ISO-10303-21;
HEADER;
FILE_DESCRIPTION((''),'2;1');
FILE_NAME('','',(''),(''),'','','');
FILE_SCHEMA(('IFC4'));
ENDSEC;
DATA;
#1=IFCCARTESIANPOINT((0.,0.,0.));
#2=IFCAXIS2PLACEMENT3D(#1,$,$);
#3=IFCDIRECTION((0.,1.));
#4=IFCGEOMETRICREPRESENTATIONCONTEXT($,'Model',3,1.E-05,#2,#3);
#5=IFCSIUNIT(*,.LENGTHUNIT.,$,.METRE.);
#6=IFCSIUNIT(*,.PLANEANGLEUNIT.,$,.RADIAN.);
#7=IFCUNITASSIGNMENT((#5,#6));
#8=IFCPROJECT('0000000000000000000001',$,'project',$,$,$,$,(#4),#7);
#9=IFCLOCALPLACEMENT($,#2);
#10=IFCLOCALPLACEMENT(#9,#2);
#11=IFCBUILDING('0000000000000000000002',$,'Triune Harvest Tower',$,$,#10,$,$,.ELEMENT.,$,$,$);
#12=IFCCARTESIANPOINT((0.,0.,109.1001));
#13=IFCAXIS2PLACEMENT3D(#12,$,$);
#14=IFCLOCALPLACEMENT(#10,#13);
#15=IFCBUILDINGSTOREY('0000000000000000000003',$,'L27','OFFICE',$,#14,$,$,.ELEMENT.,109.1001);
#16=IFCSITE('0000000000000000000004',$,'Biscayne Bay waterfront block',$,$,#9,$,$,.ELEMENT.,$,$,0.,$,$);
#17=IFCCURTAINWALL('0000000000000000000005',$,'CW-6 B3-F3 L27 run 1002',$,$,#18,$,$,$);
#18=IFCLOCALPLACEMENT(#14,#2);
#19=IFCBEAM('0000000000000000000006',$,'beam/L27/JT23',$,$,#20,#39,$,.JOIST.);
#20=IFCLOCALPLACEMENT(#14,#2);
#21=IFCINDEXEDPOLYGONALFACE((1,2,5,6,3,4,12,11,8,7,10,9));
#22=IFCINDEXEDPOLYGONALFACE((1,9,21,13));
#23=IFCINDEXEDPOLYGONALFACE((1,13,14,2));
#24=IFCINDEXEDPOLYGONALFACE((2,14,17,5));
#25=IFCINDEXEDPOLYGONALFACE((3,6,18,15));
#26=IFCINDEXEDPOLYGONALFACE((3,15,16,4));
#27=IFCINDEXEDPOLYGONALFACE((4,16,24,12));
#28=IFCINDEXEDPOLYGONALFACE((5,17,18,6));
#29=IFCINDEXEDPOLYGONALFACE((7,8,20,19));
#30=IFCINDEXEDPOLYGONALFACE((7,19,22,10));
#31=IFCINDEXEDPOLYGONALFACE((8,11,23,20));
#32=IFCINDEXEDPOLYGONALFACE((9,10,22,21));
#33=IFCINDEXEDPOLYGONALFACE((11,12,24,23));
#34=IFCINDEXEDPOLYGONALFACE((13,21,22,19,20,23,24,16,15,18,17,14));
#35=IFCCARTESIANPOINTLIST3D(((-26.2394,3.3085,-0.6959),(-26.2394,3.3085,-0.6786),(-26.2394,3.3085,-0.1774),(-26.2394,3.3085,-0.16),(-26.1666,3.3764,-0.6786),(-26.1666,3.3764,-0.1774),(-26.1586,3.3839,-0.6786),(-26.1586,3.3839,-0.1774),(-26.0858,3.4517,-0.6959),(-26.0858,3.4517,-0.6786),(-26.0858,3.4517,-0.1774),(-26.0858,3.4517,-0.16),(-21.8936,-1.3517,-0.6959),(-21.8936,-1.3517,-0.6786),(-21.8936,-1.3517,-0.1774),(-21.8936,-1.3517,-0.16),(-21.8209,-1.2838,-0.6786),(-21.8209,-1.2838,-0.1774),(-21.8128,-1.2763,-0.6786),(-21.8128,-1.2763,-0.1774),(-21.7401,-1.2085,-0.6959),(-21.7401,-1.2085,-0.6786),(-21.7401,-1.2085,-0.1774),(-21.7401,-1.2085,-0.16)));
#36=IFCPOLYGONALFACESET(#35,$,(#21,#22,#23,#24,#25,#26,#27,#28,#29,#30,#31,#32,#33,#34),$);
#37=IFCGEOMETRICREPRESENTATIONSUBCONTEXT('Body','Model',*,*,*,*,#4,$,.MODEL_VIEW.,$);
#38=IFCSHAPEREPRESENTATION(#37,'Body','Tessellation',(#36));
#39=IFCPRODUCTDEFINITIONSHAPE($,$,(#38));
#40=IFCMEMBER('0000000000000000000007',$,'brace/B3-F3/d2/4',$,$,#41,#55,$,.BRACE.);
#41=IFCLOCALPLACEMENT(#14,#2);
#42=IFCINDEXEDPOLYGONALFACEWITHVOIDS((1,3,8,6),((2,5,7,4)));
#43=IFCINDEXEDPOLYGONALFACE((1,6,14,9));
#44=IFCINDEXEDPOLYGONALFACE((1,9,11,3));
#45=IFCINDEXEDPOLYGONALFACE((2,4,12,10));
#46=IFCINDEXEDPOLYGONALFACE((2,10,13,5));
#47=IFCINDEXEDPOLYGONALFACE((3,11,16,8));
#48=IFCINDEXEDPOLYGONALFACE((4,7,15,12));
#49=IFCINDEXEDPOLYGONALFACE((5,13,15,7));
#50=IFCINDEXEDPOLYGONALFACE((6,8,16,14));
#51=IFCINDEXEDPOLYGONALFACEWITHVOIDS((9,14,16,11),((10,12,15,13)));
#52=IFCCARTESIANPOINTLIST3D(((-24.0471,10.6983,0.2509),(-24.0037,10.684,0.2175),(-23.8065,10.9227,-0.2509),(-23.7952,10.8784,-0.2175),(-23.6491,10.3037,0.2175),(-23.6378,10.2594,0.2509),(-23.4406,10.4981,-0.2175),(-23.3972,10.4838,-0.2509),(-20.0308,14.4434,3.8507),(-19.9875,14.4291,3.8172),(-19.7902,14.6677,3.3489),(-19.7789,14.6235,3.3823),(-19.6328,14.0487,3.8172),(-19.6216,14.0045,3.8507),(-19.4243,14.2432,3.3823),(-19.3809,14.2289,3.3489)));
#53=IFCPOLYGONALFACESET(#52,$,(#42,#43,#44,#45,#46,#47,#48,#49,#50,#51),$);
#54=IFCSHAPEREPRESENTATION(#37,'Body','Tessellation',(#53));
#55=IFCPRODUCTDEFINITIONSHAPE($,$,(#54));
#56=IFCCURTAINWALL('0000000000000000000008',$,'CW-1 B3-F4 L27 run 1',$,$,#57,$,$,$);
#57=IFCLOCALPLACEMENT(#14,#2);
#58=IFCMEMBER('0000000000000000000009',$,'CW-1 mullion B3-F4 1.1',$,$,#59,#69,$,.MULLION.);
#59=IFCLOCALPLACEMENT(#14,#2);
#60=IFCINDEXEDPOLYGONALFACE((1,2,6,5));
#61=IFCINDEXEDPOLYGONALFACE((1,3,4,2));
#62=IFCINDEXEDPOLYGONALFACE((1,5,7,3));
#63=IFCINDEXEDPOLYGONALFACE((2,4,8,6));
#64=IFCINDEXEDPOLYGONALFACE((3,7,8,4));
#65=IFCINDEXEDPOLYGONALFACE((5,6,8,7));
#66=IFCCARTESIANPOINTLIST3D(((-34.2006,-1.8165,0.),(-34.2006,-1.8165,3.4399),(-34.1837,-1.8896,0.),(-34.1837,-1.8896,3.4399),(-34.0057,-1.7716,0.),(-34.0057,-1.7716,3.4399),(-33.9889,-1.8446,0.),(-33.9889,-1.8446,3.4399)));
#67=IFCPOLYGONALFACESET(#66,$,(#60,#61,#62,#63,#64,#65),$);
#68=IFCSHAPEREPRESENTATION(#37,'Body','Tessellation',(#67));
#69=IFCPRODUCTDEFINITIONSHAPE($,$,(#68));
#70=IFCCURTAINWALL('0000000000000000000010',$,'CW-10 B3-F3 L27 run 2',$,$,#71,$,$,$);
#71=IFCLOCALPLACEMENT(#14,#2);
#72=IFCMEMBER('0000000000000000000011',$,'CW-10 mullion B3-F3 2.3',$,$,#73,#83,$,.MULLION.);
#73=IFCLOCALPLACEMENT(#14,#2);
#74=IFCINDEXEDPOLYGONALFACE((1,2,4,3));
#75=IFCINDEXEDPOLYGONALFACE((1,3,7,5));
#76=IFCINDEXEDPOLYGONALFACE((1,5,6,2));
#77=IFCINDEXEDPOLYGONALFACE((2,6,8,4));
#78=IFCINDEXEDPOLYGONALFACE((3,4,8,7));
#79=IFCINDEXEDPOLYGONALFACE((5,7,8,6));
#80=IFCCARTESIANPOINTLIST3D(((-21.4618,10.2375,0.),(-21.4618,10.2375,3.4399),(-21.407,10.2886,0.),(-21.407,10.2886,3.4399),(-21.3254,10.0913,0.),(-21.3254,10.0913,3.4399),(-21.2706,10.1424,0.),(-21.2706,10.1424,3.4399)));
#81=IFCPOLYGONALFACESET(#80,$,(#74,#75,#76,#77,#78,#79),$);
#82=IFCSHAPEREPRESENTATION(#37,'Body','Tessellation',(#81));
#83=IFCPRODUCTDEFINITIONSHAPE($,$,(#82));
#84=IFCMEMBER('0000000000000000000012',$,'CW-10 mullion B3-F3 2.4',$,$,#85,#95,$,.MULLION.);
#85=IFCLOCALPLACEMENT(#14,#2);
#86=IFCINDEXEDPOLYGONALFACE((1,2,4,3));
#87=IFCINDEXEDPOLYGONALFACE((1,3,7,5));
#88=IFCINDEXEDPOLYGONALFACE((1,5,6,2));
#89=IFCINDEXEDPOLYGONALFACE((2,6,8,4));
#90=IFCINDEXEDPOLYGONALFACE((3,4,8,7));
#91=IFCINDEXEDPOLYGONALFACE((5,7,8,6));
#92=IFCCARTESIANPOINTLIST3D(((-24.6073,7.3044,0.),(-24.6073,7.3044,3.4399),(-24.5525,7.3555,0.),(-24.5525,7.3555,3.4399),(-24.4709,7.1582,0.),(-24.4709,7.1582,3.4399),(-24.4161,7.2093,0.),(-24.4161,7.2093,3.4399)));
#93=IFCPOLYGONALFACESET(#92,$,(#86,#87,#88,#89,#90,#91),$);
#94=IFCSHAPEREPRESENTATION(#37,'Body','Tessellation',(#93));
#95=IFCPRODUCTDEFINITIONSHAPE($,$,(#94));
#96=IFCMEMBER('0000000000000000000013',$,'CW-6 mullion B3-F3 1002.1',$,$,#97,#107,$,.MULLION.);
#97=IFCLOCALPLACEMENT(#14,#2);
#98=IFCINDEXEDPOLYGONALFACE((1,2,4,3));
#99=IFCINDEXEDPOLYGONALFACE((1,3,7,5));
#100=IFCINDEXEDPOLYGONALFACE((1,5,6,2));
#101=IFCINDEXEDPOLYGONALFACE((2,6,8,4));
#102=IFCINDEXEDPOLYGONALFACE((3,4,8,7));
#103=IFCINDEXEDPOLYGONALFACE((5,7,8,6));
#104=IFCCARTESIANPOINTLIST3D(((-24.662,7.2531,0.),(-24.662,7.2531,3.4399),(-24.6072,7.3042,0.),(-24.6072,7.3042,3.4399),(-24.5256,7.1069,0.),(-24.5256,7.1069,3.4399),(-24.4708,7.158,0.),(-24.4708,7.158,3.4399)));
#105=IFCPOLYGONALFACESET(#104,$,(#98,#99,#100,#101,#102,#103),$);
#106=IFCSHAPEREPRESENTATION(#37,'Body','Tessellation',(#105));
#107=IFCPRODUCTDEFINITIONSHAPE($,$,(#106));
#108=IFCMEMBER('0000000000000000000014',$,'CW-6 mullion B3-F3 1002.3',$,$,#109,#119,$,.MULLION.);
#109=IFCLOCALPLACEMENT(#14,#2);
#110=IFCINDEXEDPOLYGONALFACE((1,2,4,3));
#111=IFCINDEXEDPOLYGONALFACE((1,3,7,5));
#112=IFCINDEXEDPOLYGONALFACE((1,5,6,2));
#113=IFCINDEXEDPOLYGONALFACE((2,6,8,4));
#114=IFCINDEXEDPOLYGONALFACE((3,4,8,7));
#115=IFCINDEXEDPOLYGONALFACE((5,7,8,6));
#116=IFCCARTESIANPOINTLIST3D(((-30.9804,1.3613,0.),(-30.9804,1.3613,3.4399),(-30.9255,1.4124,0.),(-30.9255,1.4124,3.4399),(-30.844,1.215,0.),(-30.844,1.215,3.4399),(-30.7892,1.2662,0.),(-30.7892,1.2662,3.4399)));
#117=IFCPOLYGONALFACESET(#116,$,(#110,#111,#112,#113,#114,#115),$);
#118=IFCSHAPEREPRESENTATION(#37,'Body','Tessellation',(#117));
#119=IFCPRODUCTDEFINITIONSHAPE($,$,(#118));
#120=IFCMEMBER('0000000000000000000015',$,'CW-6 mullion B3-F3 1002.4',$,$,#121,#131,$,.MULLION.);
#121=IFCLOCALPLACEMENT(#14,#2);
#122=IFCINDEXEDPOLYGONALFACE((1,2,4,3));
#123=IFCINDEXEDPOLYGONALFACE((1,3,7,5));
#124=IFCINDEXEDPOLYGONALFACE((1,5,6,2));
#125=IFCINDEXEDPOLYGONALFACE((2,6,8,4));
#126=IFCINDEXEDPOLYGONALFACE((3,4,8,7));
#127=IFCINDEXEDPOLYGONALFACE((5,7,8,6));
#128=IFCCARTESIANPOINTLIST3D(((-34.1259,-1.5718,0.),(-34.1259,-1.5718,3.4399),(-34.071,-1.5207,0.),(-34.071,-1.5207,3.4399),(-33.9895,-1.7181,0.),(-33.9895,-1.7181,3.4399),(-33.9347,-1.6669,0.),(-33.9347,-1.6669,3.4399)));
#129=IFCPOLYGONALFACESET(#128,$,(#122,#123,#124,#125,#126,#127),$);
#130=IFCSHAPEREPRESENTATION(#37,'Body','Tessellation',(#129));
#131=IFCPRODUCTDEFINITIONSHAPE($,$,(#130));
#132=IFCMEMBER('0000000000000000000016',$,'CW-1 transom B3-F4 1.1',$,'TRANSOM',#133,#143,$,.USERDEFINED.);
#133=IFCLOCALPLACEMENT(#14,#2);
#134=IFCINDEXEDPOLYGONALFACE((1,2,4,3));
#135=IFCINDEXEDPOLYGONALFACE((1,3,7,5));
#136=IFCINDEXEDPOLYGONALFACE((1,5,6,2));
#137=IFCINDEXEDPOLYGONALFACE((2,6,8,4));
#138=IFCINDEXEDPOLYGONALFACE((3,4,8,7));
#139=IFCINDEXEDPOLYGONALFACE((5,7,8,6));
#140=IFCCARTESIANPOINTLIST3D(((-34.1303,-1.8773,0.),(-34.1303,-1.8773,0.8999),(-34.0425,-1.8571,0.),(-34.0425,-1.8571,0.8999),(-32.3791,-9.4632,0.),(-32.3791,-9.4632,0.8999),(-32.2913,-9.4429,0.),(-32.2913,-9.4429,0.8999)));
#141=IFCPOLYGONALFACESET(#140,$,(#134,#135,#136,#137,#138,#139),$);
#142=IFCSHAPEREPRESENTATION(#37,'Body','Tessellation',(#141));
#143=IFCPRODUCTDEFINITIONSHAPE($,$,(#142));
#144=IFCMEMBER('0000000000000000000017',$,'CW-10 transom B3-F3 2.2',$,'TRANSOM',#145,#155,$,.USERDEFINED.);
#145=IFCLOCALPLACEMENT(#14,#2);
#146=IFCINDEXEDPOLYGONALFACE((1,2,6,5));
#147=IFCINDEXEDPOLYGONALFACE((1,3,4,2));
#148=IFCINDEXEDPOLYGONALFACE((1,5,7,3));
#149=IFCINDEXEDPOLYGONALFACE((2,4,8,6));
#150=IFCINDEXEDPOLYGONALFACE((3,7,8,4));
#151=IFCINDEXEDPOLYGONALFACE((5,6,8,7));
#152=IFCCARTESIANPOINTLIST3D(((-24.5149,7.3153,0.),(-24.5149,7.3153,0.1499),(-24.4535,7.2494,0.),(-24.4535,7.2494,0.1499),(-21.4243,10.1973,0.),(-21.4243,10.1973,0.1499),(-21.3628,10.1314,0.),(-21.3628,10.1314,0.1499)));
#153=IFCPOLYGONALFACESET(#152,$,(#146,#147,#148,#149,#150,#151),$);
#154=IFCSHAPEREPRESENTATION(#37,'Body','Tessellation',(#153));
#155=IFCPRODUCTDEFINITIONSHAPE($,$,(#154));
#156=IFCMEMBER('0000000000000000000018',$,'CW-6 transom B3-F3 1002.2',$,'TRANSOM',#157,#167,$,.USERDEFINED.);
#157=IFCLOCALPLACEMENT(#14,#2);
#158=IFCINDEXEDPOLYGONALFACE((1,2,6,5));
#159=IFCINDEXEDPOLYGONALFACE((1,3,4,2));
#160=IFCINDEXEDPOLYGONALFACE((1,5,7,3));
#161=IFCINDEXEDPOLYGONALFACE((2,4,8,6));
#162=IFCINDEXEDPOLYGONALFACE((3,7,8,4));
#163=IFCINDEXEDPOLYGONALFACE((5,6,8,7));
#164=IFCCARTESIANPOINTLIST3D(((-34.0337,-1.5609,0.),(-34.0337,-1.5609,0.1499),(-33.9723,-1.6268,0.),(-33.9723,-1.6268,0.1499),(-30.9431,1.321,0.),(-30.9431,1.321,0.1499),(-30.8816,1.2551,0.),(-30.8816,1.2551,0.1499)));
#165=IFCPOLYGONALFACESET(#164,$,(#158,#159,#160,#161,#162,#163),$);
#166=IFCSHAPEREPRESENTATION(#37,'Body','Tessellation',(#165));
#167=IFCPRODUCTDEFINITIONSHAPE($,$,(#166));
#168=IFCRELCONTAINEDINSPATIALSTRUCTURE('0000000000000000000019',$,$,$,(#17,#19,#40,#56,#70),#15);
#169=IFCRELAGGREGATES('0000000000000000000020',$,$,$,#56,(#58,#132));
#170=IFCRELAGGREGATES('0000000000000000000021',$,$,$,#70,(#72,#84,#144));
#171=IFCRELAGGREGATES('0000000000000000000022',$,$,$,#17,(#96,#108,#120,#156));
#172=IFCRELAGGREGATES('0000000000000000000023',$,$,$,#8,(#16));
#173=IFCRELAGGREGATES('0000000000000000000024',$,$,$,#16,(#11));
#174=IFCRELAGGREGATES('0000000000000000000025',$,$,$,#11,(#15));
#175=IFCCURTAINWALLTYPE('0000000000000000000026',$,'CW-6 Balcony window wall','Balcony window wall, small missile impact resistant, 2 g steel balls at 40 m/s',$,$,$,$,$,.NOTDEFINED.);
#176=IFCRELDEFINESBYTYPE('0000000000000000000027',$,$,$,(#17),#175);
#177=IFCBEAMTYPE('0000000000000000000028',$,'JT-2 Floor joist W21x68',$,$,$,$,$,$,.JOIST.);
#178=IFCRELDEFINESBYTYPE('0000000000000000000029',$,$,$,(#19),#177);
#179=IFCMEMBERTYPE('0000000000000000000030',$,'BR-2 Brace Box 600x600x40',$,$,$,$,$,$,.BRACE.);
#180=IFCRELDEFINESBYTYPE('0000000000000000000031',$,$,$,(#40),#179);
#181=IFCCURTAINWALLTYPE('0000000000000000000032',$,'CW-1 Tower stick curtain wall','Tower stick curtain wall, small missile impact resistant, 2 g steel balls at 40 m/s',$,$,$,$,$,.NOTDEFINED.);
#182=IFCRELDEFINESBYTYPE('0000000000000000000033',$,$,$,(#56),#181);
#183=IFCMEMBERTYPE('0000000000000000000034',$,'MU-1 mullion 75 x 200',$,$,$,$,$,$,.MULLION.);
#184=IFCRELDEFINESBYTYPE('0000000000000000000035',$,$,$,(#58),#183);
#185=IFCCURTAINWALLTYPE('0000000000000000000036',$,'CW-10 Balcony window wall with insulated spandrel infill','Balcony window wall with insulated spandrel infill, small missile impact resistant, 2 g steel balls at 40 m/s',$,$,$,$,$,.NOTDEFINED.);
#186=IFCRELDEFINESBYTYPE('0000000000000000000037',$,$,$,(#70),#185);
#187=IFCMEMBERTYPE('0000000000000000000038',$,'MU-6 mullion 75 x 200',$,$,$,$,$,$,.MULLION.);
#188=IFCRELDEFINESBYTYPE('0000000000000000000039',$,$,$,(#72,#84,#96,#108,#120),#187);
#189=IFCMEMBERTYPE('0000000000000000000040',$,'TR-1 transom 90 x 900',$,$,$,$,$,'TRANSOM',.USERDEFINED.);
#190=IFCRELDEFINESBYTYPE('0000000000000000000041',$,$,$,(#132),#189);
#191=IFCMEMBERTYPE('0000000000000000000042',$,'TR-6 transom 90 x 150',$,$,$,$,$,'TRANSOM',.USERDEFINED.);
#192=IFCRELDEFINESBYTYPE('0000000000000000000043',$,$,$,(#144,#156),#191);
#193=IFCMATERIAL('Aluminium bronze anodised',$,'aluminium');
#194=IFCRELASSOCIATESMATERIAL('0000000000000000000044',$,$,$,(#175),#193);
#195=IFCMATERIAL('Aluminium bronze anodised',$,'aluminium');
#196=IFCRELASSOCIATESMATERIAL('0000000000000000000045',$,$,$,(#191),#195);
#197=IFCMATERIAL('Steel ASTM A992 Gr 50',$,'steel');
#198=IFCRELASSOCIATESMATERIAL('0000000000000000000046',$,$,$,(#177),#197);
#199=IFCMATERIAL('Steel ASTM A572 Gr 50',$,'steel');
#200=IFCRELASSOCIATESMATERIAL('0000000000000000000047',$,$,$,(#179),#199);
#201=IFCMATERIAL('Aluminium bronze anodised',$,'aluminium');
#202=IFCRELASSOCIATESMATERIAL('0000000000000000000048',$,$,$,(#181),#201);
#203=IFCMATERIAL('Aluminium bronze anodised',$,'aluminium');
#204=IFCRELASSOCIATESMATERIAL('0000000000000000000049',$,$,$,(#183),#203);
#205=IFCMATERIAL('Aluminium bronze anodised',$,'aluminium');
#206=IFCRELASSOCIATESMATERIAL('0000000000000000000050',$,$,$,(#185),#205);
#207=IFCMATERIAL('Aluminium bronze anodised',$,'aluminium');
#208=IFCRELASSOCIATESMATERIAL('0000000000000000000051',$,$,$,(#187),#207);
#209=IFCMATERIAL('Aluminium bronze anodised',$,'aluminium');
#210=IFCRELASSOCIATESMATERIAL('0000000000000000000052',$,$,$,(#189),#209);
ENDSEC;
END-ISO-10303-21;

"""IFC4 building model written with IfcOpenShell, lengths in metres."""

from ifc_helpers import new_model, si_unit, direction, frame, origin, origin_2d, place, context, subcontext, project, spatial, rectangle, hollow_rectangle, i_section, extrude, source, transform, mapped, material, material_profile, profile_set, type_object, element, aggregate, save


model = new_model("IFC4")

# Units and contexts
model_context = context("Model", 3, precision=1e-05, world=origin(), true_north=direction((0.0, 1.0)))
body_context = subcontext(model_context, "Body", "Model", "MODEL_VIEW")
ifc_project = project(units=[si_unit("LENGTHUNIT", "METRE"), si_unit("PLANEANGLEUNIT", "RADIAN")], contexts=[model_context])

# Site, building, storey
site_placement = place(None, origin())
site = spatial("IfcSite", under=ifc_project, at=site_placement, Name="Biscayne Bay waterfront block", CompositionType="ELEMENT", RefElevation=0.0)
building_placement = place(site_placement, origin())
building = spatial("IfcBuilding", under=site, at=building_placement, Name="Triune Harvest Tower", CompositionType="ELEMENT")
storey_placement = place(building_placement, frame((0.0, 0.0, 109.1001)))
storey = spatial("IfcBuildingStorey", under=building, at=storey_placement, Name="L27", Description="OFFICE", CompositionType="ELEMENT", Elevation=109.1001)

# Curtain wall
ifc_material_1 = material(Name="Aluminium bronze anodised", Category="aluminium")
curtain_wall_type_1 = type_object("IfcCurtainWallType", Name="CW-6 Balcony window wall", Description="Balcony window wall, small missile impact resistant, 2 g steel balls at 40 m/s", PredefinedType="NOTDEFINED", material=ifc_material_1)
curtain_wall_1_placement = place(storey_placement, origin())
curtain_wall_1 = element("IfcCurtainWall", 1, at=curtain_wall_1_placement, inside=storey, type_object=curtain_wall_type_1, Name="CW-6 B3-F3 L27 run 1002")
ifc_material_2 = material(Name="Aluminium bronze anodised", Category="aluminium")
ifc_material_profile_1 = material_profile(ifc_material_2, rectangle(XDim=0.0901, YDim=0.1499, at=origin_2d()), Name="TR-6 transom 90 x 150")
ifc_profile_set_1 = profile_set([ifc_material_profile_1], Name="Aluminium bronze anodised")
member_type_1 = type_object("IfcMemberType", Name="TR-6 transom 90 x 150", ElementType="TRANSOM", PredefinedType="USERDEFINED", material=ifc_profile_set_1)

# Beam
ifc_material_3 = material(Name="Steel ASTM A992 Gr 50", Category="steel")
ifc_material_profile_2 = material_profile(ifc_material_3, i_section(OverallWidth=0.21, OverallDepth=0.5359, WebThickness=0.011, FlangeThickness=0.0173, at=origin_2d()), Name="W21x68")
ifc_profile_set_2 = profile_set([ifc_material_profile_2], Name="Steel ASTM A992 Gr 50")
beam_type_1 = type_object("IfcBeamType", Name="JT-2 Floor joist W21x68", PredefinedType="JOIST", material=ifc_profile_set_2)
shared_shape_1 = source(origin(), body_context, "Body", "SweptSolid", [
    extrude(i_section(OverallWidth=0.21, OverallDepth=0.5359, WebThickness=0.011, FlangeThickness=0.0173, at=origin_2d()), origin(), (0.0, 0.0, 1.0), 6.3721),
])
beam_1_placement = place(storey_placement, frame((-26.1626, 3.3801, -0.428), z_axis=(0.682001, -0.731351, 0.0), x_axis=(0.731351, 0.682001, 0.0)))
element("IfcBeam", 2, at=beam_1_placement, inside=storey, type_object=beam_type_1, Name="beam/L27/JT23", PredefinedType="JOIST", context=body_context, shape_type="MappedRepresentation", body=[
    mapped(shared_shape_1, transform((0.0, 0.0, 0.0), scale=1.0)),
])

# Member
ifc_material_4 = material(Name="Steel ASTM A572 Gr 50", Category="steel")
ifc_material_profile_3 = material_profile(ifc_material_4, hollow_rectangle(XDim=0.6001, YDim=0.6001, WallThickness=0.04, at=origin_2d()), Name="Box 600x600x40")
ifc_profile_set_3 = profile_set([ifc_material_profile_3], Name="Steel ASTM A572 Gr 50")
member_type_2 = type_object("IfcMemberType", Name="BR-2 Brace Box 600x600x40", PredefinedType="BRACE", material=ifc_profile_set_3)
shared_shape_2 = source(origin(), body_context, "Body", "SweptSolid", [
    extrude(hollow_rectangle(XDim=0.6001, YDim=0.6001, WallThickness=0.04, at=origin_2d()), origin(), (0.0, 0.0, 1.0), 6.5662),
])
member_1_placement = place(storey_placement, frame((-23.7222, 10.5911, 0.0), z_axis=(0.611664, 0.570356, 0.548234), x_axis=(-0.681979, 0.731372, 0.0)))
element("IfcMember", 3, at=member_1_placement, inside=storey, type_object=member_type_2, Name="brace/B3-F3/d2/4", PredefinedType="BRACE", context=body_context, shape_type="MappedRepresentation", body=[
    mapped(shared_shape_2, transform((0.0, 0.0, 0.0), scale=1.0)),
])

# Curtain wall, member
ifc_material_5 = material(Name="Aluminium bronze anodised", Category="aluminium")
curtain_wall_type_2 = type_object("IfcCurtainWallType", Name="CW-1 Tower stick curtain wall", Description="Tower stick curtain wall, small missile impact resistant, 2 g steel balls at 40 m/s", PredefinedType="NOTDEFINED", material=ifc_material_5)
curtain_wall_2_placement = place(storey_placement, origin())
curtain_wall_2 = element("IfcCurtainWall", 4, at=curtain_wall_2_placement, inside=storey, type_object=curtain_wall_type_2, Name="CW-1 B3-F4 L27 run 1")
ifc_material_6 = material(Name="Aluminium bronze anodised", Category="aluminium")
ifc_material_profile_4 = material_profile(ifc_material_6, rectangle(XDim=0.2, YDim=0.075, at=origin_2d()), Name="MU-1 mullion 75 x 200")
ifc_profile_set_4 = profile_set([ifc_material_profile_4], Name="Aluminium bronze anodised")
member_type_3 = type_object("IfcMemberType", Name="MU-1 mullion 75 x 200", PredefinedType="MULLION", material=ifc_profile_set_4)
shared_shape_3 = source(origin(), body_context, "Body", "SweptSolid", [
    extrude(rectangle(XDim=0.2, YDim=0.075, at=origin_2d()), origin(), (0.0, 0.0, 1.0), 3.4399),
])
member_2_placement = place(storey_placement, frame((-34.0947, -1.8306, 0.0), z_axis=(0.0, 0.0, 1.0), x_axis=(0.974371, 0.224947, 0.0)))
member_2 = element("IfcMember", 5, at=member_2_placement, type_object=member_type_3, Name="CW-1 mullion B3-F4 1.1", PredefinedType="MULLION", context=body_context, shape_type="MappedRepresentation", body=[
    mapped(shared_shape_3, transform((0.0, 0.0, 0.0), scale=1.0)),
])

# Curtain wall, members
ifc_material_7 = material(Name="Aluminium bronze anodised", Category="aluminium")
curtain_wall_type_3 = type_object("IfcCurtainWallType", Name="CW-10 Balcony window wall with insulated spandrel infill", Description="Balcony window wall with insulated spandrel infill, small missile impact resistant, 2 g steel balls at 40 m/s", PredefinedType="NOTDEFINED", material=ifc_material_7)
curtain_wall_3_placement = place(storey_placement, origin())
curtain_wall_3 = element("IfcCurtainWall", 6, at=curtain_wall_3_placement, inside=storey, type_object=curtain_wall_type_3, Name="CW-10 B3-F3 L27 run 2")
ifc_material_8 = material(Name="Aluminium bronze anodised", Category="aluminium")
ifc_material_profile_5 = material_profile(ifc_material_8, rectangle(XDim=0.2, YDim=0.075, at=origin_2d()), Name="MU-6 mullion 75 x 200")
ifc_profile_set_5 = profile_set([ifc_material_profile_5], Name="Aluminium bronze anodised")
member_type_4 = type_object("IfcMemberType", Name="MU-6 mullion 75 x 200", PredefinedType="MULLION", material=ifc_profile_set_5)
shared_shape_4 = source(origin(), body_context, "Body", "SweptSolid", [
    extrude(rectangle(XDim=0.2, YDim=0.075, at=origin_2d()), origin(), (0.0, 0.0, 1.0), 3.4399),
])
member_3_placement = place(storey_placement, frame((-21.3662, 10.1899, 0.0), z_axis=(0.0, 0.0, 1.0), x_axis=(0.681999, -0.731353, 0.0)))
member_3 = element("IfcMember", 7, at=member_3_placement, type_object=member_type_4, Name="CW-10 mullion B3-F3 2.3", PredefinedType="MULLION", context=body_context, shape_type="MappedRepresentation", body=[
    mapped(shared_shape_4, transform((0.0, 0.0, 0.0), scale=1.0)),
])
member_4_placement = place(storey_placement, frame((-24.5117, 7.2568, 0.0), z_axis=(0.0, 0.0, 1.0), x_axis=(0.681999, -0.731353, 0.0)))
member_4 = element("IfcMember", 8, at=member_4_placement, type_object=member_type_4, Name="CW-10 mullion B3-F3 2.4", PredefinedType="MULLION", context=body_context, shape_type="MappedRepresentation", body=[
    mapped(shared_shape_4, transform((0.0, 0.0, 0.0), scale=1.0)),
])

# Members
member_5_placement = place(storey_placement, frame((-24.5664, 7.2056, 0.0), z_axis=(0.0, 0.0, 1.0), x_axis=(0.681998, -0.731354, 0.0)))
member_5 = element("IfcMember", 9, at=member_5_placement, type_object=member_type_4, Name="CW-6 mullion B3-F3 1002.1", PredefinedType="MULLION", context=body_context, shape_type="MappedRepresentation", body=[
    mapped(shared_shape_4, transform((0.0, 0.0, 0.0), scale=1.0)),
])
member_6_placement = place(storey_placement, frame((-30.8848, 1.3137, 0.0), z_axis=(0.0, 0.0, 1.0), x_axis=(0.681998, -0.731354, 0.0)))
member_6 = element("IfcMember", 10, at=member_6_placement, type_object=member_type_4, Name="CW-6 mullion B3-F3 1002.3", PredefinedType="MULLION", context=body_context, shape_type="MappedRepresentation", body=[
    mapped(shared_shape_4, transform((0.0, 0.0, 0.0), scale=1.0)),
])
member_7_placement = place(storey_placement, frame((-34.0303, -1.6194, 0.0), z_axis=(0.0, 0.0, 1.0), x_axis=(0.681998, -0.731354, 0.0)))
member_7 = element("IfcMember", 11, at=member_7_placement, type_object=member_type_4, Name="CW-6 mullion B3-F3 1002.4", PredefinedType="MULLION", context=body_context, shape_type="MappedRepresentation", body=[
    mapped(shared_shape_4, transform((0.0, 0.0, 0.0), scale=1.0)),
])
ifc_material_9 = material(Name="Aluminium bronze anodised", Category="aluminium")
ifc_material_profile_6 = material_profile(ifc_material_9, rectangle(XDim=0.0901, YDim=0.8999, at=origin_2d()), Name="TR-1 transom 90 x 900")
ifc_profile_set_6 = profile_set([ifc_material_profile_6], Name="Aluminium bronze anodised")
member_type_5 = type_object("IfcMemberType", Name="TR-1 transom 90 x 900", ElementType="TRANSOM", PredefinedType="USERDEFINED", material=ifc_profile_set_6)
shared_shape_5 = source(origin(), body_context, "Body", "SweptSolid", [
    extrude(rectangle(XDim=0.0901, YDim=0.8999, at=origin_2d()), origin(), (0.0, 0.0, 1.0), 7.7854),
])
member_8_placement = place(storey_placement, frame((-34.0864, -1.8672, 0.45), z_axis=(0.224935, -0.974374, 0.0), x_axis=(0.974374, 0.224935, 0.0)))
member_8 = element("IfcMember", 12, at=member_8_placement, type_object=member_type_5, Name="CW-1 transom B3-F4 1.1", ObjectType="TRANSOM", PredefinedType="USERDEFINED", context=body_context, shape_type="MappedRepresentation", body=[
    mapped(shared_shape_5, transform((0.0, 0.0, 0.0), scale=1.0)),
])
aggregate(curtain_wall_2, [member_2, member_8])
shared_shape_6 = source(origin(), body_context, "Body", "SweptSolid", [
    extrude(rectangle(XDim=0.0901, YDim=0.1499, at=origin_2d()), origin(), (0.0, 0.0, 1.0), 4.2258),
])
member_9_placement = place(storey_placement, frame((-21.3936, 10.1643, 0.075), z_axis=(-0.731374, -0.681976, 0.0), x_axis=(0.681976, -0.731374, 0.0)))
member_9 = element("IfcMember", 13, at=member_9_placement, type_object=member_type_1, Name="CW-10 transom B3-F3 2.2", ObjectType="TRANSOM", PredefinedType="USERDEFINED", context=body_context, shape_type="MappedRepresentation", body=[
    mapped(shared_shape_6, transform((0.0, 0.0, 0.0), scale=1.0)),
])
member_10_placement = place(storey_placement, frame((-30.9124, 1.2881, 0.075), z_axis=(-0.731374, -0.681976, 0.0), x_axis=(0.681976, -0.731374, 0.0)))
member_10 = element("IfcMember", 14, at=member_10_placement, type_object=member_type_1, Name="CW-6 transom B3-F3 1002.2", ObjectType="TRANSOM", PredefinedType="USERDEFINED", context=body_context, shape_type="MappedRepresentation", body=[
    mapped(shared_shape_6, transform((0.0, 0.0, 0.0), scale=1.0)),
])

aggregate(curtain_wall_3, [member_3, member_4, member_9])
aggregate(curtain_wall_1, [member_5, member_6, member_7, member_10])

save(model, "model.ifc")
